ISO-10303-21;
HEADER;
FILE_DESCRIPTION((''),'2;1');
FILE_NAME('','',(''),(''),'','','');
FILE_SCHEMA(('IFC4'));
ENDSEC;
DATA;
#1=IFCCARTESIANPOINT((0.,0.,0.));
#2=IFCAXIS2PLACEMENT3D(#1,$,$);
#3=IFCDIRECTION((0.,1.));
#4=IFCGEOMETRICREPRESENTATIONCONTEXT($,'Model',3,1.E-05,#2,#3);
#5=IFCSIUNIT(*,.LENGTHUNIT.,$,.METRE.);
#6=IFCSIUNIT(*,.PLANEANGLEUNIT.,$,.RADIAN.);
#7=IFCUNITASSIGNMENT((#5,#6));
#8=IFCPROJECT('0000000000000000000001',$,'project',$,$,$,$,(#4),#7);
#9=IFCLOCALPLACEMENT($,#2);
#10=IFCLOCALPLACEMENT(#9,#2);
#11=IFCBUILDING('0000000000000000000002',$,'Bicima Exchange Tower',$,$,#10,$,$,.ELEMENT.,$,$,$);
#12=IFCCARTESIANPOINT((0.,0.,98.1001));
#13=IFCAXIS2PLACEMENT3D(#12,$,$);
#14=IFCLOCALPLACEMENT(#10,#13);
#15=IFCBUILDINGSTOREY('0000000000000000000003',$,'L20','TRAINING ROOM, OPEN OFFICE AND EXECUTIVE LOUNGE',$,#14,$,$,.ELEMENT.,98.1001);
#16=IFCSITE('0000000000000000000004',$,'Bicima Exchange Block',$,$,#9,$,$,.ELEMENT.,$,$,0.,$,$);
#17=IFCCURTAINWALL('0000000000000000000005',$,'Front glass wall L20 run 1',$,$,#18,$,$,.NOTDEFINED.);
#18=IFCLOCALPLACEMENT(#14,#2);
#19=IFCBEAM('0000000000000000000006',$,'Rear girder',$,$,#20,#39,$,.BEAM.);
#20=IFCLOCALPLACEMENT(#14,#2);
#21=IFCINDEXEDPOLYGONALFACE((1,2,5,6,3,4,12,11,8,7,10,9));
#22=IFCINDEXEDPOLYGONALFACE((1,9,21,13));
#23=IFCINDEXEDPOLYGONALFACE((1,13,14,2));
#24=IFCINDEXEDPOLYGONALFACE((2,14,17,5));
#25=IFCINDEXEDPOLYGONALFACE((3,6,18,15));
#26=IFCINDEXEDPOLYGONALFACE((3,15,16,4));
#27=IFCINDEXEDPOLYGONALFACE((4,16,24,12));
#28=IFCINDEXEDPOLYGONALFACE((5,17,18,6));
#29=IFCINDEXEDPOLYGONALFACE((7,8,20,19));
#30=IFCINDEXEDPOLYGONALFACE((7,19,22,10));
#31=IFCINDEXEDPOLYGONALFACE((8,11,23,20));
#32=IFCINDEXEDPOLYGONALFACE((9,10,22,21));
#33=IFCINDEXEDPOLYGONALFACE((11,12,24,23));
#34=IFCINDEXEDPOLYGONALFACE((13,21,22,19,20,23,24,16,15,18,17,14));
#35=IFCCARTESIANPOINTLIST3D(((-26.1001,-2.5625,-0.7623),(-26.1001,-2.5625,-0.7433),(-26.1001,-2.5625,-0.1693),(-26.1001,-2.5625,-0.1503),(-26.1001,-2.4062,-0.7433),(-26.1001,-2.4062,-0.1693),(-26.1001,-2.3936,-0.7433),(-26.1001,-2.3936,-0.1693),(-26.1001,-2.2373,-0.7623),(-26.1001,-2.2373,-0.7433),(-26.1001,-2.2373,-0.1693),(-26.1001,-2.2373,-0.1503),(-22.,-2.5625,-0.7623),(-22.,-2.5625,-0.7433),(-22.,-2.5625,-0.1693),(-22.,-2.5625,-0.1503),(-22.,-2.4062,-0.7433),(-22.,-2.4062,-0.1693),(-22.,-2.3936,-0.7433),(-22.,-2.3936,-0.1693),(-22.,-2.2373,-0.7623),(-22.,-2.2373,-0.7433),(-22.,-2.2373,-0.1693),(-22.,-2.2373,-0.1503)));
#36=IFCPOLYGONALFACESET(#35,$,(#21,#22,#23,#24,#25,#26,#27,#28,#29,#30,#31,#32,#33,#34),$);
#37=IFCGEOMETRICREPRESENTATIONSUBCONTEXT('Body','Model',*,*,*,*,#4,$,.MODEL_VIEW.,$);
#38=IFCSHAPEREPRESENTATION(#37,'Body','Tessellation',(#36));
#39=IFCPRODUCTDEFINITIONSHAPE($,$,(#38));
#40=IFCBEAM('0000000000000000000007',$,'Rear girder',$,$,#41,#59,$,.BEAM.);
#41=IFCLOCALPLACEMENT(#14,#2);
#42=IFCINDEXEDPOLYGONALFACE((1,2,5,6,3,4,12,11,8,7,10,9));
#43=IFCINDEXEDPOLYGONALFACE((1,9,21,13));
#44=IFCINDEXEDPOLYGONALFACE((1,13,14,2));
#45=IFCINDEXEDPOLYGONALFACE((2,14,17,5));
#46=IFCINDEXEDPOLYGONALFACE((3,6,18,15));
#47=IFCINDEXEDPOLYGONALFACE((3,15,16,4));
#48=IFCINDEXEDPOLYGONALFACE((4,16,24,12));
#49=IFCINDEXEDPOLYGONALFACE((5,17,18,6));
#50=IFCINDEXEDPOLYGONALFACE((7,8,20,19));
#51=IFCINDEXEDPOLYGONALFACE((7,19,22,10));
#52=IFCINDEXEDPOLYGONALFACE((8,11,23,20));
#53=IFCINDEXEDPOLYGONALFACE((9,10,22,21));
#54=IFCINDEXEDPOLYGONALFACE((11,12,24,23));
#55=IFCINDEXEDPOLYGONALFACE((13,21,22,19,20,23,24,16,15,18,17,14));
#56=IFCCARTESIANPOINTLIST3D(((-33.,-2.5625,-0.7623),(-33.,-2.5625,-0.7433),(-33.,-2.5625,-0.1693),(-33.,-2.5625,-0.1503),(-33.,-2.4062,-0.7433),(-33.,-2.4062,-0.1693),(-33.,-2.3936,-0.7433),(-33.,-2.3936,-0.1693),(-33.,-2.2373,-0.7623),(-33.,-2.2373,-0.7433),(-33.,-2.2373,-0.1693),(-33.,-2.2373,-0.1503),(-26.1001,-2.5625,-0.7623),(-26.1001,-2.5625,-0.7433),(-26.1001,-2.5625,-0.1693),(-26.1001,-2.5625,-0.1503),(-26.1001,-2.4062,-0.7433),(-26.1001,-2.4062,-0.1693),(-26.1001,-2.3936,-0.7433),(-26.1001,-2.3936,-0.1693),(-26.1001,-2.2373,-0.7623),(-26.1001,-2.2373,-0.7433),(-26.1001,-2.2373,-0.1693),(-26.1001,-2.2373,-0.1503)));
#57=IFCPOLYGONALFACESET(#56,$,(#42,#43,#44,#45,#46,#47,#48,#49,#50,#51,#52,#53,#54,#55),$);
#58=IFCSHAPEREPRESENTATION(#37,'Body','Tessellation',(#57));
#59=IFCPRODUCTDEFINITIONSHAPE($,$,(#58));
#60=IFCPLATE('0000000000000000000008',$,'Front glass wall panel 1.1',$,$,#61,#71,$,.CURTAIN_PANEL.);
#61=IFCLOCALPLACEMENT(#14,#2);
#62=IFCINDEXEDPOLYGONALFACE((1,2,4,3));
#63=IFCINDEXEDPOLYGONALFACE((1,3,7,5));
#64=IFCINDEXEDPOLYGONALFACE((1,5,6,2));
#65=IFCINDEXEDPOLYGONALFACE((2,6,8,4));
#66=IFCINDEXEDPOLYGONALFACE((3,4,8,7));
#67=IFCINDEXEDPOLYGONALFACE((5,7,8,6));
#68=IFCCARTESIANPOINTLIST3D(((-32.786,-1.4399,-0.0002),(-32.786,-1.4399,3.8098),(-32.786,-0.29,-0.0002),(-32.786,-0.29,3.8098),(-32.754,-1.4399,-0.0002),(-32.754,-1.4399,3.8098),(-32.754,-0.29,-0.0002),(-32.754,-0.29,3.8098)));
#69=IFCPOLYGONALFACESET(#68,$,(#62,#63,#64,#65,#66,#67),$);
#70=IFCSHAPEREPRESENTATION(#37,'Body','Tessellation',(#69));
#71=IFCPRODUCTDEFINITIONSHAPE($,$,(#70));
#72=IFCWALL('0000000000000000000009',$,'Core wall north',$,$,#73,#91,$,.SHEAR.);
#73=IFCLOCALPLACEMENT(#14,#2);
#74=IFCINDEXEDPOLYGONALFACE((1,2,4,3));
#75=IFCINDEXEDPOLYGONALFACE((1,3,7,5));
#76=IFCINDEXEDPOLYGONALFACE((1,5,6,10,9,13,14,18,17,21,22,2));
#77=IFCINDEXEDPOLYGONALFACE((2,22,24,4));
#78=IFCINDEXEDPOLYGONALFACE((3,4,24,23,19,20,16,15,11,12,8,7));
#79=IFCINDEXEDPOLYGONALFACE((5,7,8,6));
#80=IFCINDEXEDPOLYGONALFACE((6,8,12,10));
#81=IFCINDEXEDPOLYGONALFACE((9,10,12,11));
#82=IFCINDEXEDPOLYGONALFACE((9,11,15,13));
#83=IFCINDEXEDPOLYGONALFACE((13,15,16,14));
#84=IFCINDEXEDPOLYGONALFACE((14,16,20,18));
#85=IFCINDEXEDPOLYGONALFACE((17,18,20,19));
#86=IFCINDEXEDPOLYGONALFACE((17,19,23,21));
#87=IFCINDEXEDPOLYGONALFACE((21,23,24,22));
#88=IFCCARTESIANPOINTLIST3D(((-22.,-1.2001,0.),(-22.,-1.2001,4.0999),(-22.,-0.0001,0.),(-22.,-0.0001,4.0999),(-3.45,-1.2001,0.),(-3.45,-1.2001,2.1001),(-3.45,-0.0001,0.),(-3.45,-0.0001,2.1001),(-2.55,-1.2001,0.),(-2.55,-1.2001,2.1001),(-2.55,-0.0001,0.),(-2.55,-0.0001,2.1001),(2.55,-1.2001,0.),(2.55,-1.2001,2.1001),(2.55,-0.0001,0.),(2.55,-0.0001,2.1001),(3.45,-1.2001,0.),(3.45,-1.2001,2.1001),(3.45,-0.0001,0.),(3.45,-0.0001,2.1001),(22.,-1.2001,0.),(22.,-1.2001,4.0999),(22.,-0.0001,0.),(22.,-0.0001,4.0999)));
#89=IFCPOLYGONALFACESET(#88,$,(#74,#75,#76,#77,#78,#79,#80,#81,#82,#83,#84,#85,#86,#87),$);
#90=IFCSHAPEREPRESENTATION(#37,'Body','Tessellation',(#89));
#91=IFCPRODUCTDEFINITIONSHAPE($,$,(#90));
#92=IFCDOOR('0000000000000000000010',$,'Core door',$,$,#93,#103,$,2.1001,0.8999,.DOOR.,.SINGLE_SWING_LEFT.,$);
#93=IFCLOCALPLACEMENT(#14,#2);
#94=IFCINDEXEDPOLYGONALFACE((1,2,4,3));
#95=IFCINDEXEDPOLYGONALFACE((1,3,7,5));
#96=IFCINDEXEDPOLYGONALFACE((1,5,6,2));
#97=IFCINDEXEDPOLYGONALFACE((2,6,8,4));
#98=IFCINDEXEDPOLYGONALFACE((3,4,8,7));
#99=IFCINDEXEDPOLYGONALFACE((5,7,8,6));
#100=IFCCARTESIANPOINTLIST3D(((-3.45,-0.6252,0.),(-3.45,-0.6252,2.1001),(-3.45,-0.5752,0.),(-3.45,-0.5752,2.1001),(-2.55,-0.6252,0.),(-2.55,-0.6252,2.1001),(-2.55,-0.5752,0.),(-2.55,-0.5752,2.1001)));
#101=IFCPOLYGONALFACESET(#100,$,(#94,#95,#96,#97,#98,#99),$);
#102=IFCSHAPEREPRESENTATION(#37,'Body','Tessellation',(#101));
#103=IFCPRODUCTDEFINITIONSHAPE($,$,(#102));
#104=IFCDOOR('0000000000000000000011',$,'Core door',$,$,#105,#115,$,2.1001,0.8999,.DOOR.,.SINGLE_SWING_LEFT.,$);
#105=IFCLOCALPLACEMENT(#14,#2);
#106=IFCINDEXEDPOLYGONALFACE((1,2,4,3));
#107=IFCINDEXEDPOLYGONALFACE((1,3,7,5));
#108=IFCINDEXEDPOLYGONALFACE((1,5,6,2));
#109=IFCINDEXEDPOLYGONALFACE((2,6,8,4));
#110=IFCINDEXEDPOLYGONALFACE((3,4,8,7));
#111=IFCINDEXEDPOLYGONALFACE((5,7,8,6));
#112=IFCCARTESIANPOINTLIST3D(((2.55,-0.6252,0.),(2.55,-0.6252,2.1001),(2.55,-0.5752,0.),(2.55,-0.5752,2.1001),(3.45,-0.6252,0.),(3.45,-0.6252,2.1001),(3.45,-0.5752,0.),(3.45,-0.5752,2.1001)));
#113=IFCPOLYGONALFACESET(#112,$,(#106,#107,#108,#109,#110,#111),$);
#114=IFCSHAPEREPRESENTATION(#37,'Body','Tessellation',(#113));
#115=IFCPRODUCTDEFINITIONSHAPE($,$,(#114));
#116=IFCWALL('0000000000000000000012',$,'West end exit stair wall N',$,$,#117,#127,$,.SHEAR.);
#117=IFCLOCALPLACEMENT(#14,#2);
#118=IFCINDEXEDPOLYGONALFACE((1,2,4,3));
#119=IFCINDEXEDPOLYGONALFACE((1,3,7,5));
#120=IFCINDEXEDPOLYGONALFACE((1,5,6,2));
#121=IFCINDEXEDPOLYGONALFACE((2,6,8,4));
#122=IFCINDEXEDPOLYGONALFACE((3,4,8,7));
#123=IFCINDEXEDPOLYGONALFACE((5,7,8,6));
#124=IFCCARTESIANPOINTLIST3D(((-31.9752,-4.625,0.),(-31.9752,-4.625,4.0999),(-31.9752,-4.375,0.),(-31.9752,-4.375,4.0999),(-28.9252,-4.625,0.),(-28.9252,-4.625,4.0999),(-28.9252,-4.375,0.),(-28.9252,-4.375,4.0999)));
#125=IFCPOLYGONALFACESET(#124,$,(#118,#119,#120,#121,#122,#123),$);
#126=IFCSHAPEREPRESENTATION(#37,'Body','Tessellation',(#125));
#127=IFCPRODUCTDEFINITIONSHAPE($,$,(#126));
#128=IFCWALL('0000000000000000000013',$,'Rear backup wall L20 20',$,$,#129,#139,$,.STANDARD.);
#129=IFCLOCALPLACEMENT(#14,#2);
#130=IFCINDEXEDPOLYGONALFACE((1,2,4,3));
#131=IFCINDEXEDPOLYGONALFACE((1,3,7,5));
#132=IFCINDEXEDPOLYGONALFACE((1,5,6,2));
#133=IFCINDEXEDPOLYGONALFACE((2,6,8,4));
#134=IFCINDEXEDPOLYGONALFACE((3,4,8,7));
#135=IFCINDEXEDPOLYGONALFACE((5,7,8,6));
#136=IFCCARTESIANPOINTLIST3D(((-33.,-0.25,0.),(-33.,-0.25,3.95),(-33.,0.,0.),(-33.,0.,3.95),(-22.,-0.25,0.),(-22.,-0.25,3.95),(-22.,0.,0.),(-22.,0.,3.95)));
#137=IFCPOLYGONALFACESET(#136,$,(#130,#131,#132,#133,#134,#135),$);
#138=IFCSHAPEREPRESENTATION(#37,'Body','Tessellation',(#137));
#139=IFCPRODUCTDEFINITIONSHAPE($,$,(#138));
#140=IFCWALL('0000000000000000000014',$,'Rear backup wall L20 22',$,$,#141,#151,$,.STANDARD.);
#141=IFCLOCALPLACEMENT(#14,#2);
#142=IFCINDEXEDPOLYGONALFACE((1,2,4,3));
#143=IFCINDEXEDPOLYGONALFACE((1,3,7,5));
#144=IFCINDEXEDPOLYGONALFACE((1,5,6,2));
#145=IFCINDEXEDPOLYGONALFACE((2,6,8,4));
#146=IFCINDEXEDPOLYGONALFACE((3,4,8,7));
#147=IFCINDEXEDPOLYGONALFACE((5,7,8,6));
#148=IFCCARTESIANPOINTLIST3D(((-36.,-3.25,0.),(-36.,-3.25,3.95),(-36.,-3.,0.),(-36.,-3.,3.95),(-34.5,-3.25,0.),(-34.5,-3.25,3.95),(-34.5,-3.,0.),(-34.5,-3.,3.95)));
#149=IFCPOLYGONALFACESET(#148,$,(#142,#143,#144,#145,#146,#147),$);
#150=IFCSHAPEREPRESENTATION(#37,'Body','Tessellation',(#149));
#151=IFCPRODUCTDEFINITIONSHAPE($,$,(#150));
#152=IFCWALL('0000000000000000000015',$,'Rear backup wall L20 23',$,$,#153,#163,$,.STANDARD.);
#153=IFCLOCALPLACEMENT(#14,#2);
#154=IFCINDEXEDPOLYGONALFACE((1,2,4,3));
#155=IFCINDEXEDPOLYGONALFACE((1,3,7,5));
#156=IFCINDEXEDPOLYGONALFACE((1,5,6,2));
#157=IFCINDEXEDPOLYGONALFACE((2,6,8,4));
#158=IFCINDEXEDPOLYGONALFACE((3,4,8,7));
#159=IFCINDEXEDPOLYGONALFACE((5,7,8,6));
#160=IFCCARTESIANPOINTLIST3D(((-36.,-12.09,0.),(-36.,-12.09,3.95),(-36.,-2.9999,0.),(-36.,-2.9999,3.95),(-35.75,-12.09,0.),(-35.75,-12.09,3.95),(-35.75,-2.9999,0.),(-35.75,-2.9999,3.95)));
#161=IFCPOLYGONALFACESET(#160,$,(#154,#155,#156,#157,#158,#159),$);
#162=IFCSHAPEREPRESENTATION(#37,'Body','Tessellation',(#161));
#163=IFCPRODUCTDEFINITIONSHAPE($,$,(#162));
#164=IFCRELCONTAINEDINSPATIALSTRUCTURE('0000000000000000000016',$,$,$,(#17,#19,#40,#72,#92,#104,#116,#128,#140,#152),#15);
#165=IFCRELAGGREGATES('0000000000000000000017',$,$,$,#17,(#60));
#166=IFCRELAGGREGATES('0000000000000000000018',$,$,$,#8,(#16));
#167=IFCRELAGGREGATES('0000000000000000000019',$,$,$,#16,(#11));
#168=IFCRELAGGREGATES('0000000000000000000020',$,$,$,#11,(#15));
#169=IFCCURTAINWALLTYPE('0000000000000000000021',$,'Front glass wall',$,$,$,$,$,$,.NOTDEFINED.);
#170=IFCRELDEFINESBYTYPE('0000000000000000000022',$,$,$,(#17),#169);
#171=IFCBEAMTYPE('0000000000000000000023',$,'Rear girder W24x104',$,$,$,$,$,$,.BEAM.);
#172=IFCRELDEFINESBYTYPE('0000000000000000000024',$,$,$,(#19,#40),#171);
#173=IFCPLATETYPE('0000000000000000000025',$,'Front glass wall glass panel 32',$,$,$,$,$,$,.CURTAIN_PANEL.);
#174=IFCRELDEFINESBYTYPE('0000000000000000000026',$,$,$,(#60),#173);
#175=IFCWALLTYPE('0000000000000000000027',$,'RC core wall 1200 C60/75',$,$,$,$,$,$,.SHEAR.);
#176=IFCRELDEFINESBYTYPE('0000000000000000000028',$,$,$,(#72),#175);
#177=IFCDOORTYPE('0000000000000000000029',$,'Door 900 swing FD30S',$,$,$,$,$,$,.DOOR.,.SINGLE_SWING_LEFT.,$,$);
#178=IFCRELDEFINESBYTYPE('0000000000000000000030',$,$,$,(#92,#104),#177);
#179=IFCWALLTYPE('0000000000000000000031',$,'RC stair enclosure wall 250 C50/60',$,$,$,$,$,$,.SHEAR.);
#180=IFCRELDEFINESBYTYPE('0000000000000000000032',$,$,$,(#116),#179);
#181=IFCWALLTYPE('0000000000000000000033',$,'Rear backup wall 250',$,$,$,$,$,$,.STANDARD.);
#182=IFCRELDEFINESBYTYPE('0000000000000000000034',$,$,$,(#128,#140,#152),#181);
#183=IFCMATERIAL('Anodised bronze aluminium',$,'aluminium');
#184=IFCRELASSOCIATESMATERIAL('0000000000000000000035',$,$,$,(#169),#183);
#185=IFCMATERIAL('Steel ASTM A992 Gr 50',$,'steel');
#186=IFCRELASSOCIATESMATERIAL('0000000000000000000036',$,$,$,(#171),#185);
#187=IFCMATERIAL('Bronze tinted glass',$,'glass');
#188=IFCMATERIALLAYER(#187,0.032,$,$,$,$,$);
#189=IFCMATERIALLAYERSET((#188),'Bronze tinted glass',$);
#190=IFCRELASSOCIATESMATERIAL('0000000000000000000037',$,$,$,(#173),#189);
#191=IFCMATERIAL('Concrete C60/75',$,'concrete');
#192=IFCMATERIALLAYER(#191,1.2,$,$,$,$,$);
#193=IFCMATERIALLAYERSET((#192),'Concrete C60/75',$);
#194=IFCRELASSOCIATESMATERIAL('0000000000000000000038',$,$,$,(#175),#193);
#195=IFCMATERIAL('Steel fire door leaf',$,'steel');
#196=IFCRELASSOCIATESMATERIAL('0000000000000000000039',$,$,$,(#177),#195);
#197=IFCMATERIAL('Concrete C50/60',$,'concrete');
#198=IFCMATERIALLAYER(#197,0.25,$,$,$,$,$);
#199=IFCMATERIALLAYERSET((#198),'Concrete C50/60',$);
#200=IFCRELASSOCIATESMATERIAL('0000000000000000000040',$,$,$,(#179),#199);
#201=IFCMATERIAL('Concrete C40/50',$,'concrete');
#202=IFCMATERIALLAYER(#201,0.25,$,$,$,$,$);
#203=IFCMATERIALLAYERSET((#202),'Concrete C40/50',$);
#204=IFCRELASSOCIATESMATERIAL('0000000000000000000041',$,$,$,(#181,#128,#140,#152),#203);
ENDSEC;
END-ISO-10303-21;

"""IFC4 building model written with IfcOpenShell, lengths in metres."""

from ifc_helpers import new_model, si_unit, direction, frame, frame_2d, origin, origin_2d, place, context, subcontext, project, spatial, rectangle, i_section, extrude, material, layer, layer_set, layer_usage, material_profile, profile_set, type_object, element, fill, aggregate, save


model = new_model("IFC4")

# Units and contexts
model_context = context("Model", 3, precision=1e-05, world=origin(), true_north=direction((0.0, 1.0)))
body_context = subcontext(model_context, "Body", "Model", "MODEL_VIEW")
ifc_project = project(units=[si_unit("LENGTHUNIT", "METRE"), si_unit("PLANEANGLEUNIT", "RADIAN")], contexts=[model_context])

# Site, building, storey
site_placement = place(None, origin())
site = spatial("IfcSite", under=ifc_project, at=site_placement, Name="Bicima Exchange Block", CompositionType="ELEMENT", RefElevation=0.0)
building_placement = place(site_placement, origin())
building = spatial("IfcBuilding", under=site, at=building_placement, Name="Bicima Exchange Tower", CompositionType="ELEMENT")
storey_placement = place(building_placement, frame((0.0, 0.0, 98.1001)))
storey = spatial("IfcBuildingStorey", under=building, at=storey_placement, Name="L20", Description="TRAINING ROOM, OPEN OFFICE AND EXECUTIVE LOUNGE", CompositionType="ELEMENT", Elevation=98.1001)

# Shared definitions
ifc_material_1 = material(Name="Steel ASTM A992 Gr 50", Category="steel")

# Curtain wall
ifc_material_2 = material(Name="Anodised bronze aluminium", Category="aluminium")
curtain_wall_type = type_object("IfcCurtainWallType", Name="Front glass wall", PredefinedType="NOTDEFINED", material=ifc_material_2)
curtain_wall_placement = place(storey_placement, origin())
curtain_wall = element("IfcCurtainWall", 1, at=curtain_wall_placement, inside=storey, type_object=curtain_wall_type, Name="Front glass wall L20 run 1", PredefinedType="NOTDEFINED")

# Beams
ifc_material_profile_1 = material_profile(ifc_material_1, i_section(OverallWidth=0.3252, OverallDepth=0.6121, WebThickness=0.0127, FlangeThickness=0.019, at=origin_2d()))
ifc_profile_set_1 = profile_set([ifc_material_profile_1], Name="Steel ASTM A992 Gr 50")
beam_type_1 = type_object("IfcBeamType", Name="Rear girder W24x104", PredefinedType="BEAM", material=ifc_profile_set_1)
beam_1_placement = place(storey_placement, frame((-22.0, -2.3999, -0.4563), z_axis=(-1.0, 0.0, 0.0), x_axis=(0.0, -1.0, 0.0)))
element("IfcBeam", 2, at=beam_1_placement, inside=storey, type_object=beam_type_1, Name="Rear girder", PredefinedType="BEAM", context=body_context, shape_type="SweptSolid", body=[
    extrude(i_section(OverallWidth=0.3252, OverallDepth=0.6121, WebThickness=0.0127, FlangeThickness=0.019, at=origin_2d()), origin(), (0.0, 0.0, 1.0), 4.1001),
])
beam_2_placement = place(storey_placement, frame((-26.1001, -2.3999, -0.4563), z_axis=(-1.0, 0.0, 0.0), x_axis=(0.0, -1.0, 0.0)))
element("IfcBeam", 3, at=beam_2_placement, inside=storey, type_object=beam_type_1, Name="Rear girder", PredefinedType="BEAM", context=body_context, shape_type="SweptSolid", body=[
    extrude(i_section(OverallWidth=0.3252, OverallDepth=0.6121, WebThickness=0.0127, FlangeThickness=0.019, at=origin_2d()), origin(), (0.0, 0.0, 1.0), 6.8999),
])

# Plate
ifc_material_3 = material(Name="Bronze tinted glass", Category="glass")
ifc_layer_1 = layer(ifc_material_3, 0.032)
ifc_layer_set_1 = layer_set([ifc_layer_1], Name="Bronze tinted glass")
plate_type = type_object("IfcPlateType", Name="Front glass wall glass panel 32", PredefinedType="CURTAIN_PANEL", material=ifc_layer_set_1)
plate_placement = place(storey_placement, frame((-32.77, -0.865, -0.0002), z_axis=(0.0, 0.0, 1.0), x_axis=(0.0, -1.0, 0.0)))
plate = element("IfcPlate", 4, at=plate_placement, type_object=plate_type, Name="Front glass wall panel 1.1", PredefinedType="CURTAIN_PANEL", context=body_context, shape_type="SweptSolid", body=[
    extrude(rectangle(XDim=1.1499, YDim=0.032, at=origin_2d()), origin(), (0.0, 0.0, 1.0), 3.8101),
])
aggregate(curtain_wall, [plate])

# Wall, openings, doors
ifc_material_4 = material(Name="Concrete C60/75", Category="concrete")
ifc_layer_2 = layer(ifc_material_4, 1.2)
ifc_layer_set_2 = layer_set([ifc_layer_2], Name="Concrete C60/75")
wall_type_1 = type_object("IfcWallType", Name="RC core wall 1200 C60/75", PredefinedType="SHEAR", material=ifc_layer_set_2)
wall_1_placement = place(storey_placement, frame((-22.0, -0.6001, 0.0), z_axis=(0.0, 0.0, 1.0), x_axis=(1.0, 0.0, 0.0)))
wall_1 = element("IfcWall", 5, at=wall_1_placement, inside=storey, type_object=wall_type_1, Name="Core wall north", PredefinedType="SHEAR", context=body_context, shape_type="SweptSolid", body=[
    extrude(rectangle(XDim=44.0, YDim=1.2, at=frame_2d((22.0, 0.0))), origin(), (0.0, 0.0, 1.0), 4.0999),
])
opening_1_placement = place(wall_1_placement, frame((18.55, 0.0, 0.0)))
opening_1 = element("IfcOpeningElement", 6, at=opening_1_placement, cuts=wall_1, PredefinedType="OPENING", context=body_context, shape_type="SweptSolid", body=[
    extrude(rectangle(XDim=0.8999, YDim=2.1001, at=frame_2d((0.45, 1.05))), frame((0.0, 0.6118, 0.0), z_axis=(0.0, -1.0, 0.0), x_axis=(1.0, 0.0, 0.0)), (0.0, 0.0, 1.0), 1.2239),
])
opening_2_placement = place(wall_1_placement, frame((24.55, 0.0, 0.0)))
opening_2 = element("IfcOpeningElement", 7, at=opening_2_placement, cuts=wall_1, PredefinedType="OPENING", context=body_context, shape_type="SweptSolid", body=[
    extrude(rectangle(XDim=0.8999, YDim=2.1001, at=frame_2d((0.45, 1.05))), frame((0.0, 0.6118, 0.0), z_axis=(0.0, -1.0, 0.0), x_axis=(1.0, 0.0, 0.0)), (0.0, 0.0, 1.0), 1.2239),
])
ifc_material_5 = material(Name="Steel fire door leaf", Category="steel")
door_type = type_object("IfcDoorType", Name="Door 900 swing FD30S", OperationType="SINGLE_SWING_LEFT", PredefinedType="DOOR", material=ifc_material_5)
door_1_placement = place(opening_1_placement, origin())
door_1 = element("IfcDoor", 8, at=door_1_placement, inside=storey, type_object=door_type, Name="Core door", OperationType="SINGLE_SWING_LEFT", OverallHeight=2.1001, OverallWidth=0.8999, PredefinedType="DOOR", context=body_context, shape_type="SweptSolid", body=[
    extrude(rectangle(XDim=0.8999, YDim=2.1001, at=frame_2d((0.45, 1.05))), frame((0.0, 0.0249, 0.0), z_axis=(0.0, -1.0, 0.0), x_axis=(1.0, 0.0, 0.0)), (0.0, 0.0, 1.0), 0.05),
])
fill(opening_1, door_1)
door_2_placement = place(opening_2_placement, origin())
door_2 = element("IfcDoor", 9, at=door_2_placement, inside=storey, type_object=door_type, Name="Core door", OperationType="SINGLE_SWING_LEFT", OverallHeight=2.1001, OverallWidth=0.8999, PredefinedType="DOOR", context=body_context, shape_type="SweptSolid", body=[
    extrude(rectangle(XDim=0.8999, YDim=2.1001, at=frame_2d((0.45, 1.05))), frame((0.0, 0.0249, 0.0), z_axis=(0.0, -1.0, 0.0), x_axis=(1.0, 0.0, 0.0)), (0.0, 0.0, 1.0), 0.05),
])
fill(opening_2, door_2)

# Walls
ifc_material_6 = material(Name="Concrete C50/60", Category="concrete")
ifc_layer_3 = layer(ifc_material_6, 0.25)
ifc_layer_set_3 = layer_set([ifc_layer_3], Name="Concrete C50/60")
wall_type_2 = type_object("IfcWallType", Name="RC stair enclosure wall 250 C50/60", PredefinedType="SHEAR", material=ifc_layer_set_3)
wall_2_placement = place(storey_placement, frame((-31.9751, -4.5, 0.0), z_axis=(0.0, 0.0, 1.0), x_axis=(1.0, 0.0, 0.0)))
element("IfcWall", 10, at=wall_2_placement, inside=storey, type_object=wall_type_2, Name="West end exit stair wall N", PredefinedType="SHEAR", context=body_context, shape_type="SweptSolid", body=[
    extrude(rectangle(XDim=3.05, YDim=0.25, at=frame_2d((1.5249, 0.0))), origin(), (0.0, 0.0, 1.0), 4.0999),
])
ifc_material_7 = material(Name="Concrete C40/50", Category="concrete")
ifc_layer_4 = layer(ifc_material_7, 0.25)
ifc_layer_set_4 = layer_set([ifc_layer_4], Name="Concrete C40/50")
ifc_layer_usage = layer_usage(ifc_layer_set_4, "AXIS2", "POSITIVE", -0.125)
wall_type_3 = type_object("IfcWallType", Name="Rear backup wall 250", PredefinedType="STANDARD", material=ifc_layer_set_4)
wall_3_placement = place(storey_placement, frame((-22.0, -0.125, 0.0), z_axis=(0.0, 0.0, 1.0), x_axis=(-1.0, 0.0, 0.0)))
element("IfcWall", 11, at=wall_3_placement, inside=storey, type_object=wall_type_3, material=ifc_layer_usage, Name="Rear backup wall L20 20", PredefinedType="STANDARD", context=body_context, shape_type="SweptSolid", body=[
    extrude(rectangle(XDim=11.0, YDim=0.25, at=frame_2d((5.5, 0.0))), origin(), (0.0, 0.0, 1.0), 3.95),
])
wall_4_placement = place(storey_placement, frame((-34.5, -3.125, 0.0), z_axis=(0.0, 0.0, 1.0), x_axis=(-1.0, 0.0, 0.0)))
element("IfcWall", 12, at=wall_4_placement, inside=storey, type_object=wall_type_3, material=ifc_layer_usage, Name="Rear backup wall L20 22", PredefinedType="STANDARD", context=body_context, shape_type="SweptSolid", body=[
    extrude(rectangle(XDim=1.5, YDim=0.25, at=frame_2d((0.75, 0.0))), origin(), (0.0, 0.0, 1.0), 3.95),
])
wall_5_placement = place(storey_placement, frame((-35.875, -3.0, 0.0), z_axis=(0.0, 0.0, 1.0), x_axis=(0.0, -1.0, 0.0)))
element("IfcWall", 13, at=wall_5_placement, inside=storey, type_object=wall_type_3, material=ifc_layer_usage, Name="Rear backup wall L20 23", PredefinedType="STANDARD", context=body_context, shape_type="SweptSolid", body=[
    extrude(rectangle(XDim=9.0901, YDim=0.25, at=frame_2d((4.5449, 0.0))), origin(), (0.0, 0.0, 1.0), 3.95),
])

save(model, "model.ifc")
